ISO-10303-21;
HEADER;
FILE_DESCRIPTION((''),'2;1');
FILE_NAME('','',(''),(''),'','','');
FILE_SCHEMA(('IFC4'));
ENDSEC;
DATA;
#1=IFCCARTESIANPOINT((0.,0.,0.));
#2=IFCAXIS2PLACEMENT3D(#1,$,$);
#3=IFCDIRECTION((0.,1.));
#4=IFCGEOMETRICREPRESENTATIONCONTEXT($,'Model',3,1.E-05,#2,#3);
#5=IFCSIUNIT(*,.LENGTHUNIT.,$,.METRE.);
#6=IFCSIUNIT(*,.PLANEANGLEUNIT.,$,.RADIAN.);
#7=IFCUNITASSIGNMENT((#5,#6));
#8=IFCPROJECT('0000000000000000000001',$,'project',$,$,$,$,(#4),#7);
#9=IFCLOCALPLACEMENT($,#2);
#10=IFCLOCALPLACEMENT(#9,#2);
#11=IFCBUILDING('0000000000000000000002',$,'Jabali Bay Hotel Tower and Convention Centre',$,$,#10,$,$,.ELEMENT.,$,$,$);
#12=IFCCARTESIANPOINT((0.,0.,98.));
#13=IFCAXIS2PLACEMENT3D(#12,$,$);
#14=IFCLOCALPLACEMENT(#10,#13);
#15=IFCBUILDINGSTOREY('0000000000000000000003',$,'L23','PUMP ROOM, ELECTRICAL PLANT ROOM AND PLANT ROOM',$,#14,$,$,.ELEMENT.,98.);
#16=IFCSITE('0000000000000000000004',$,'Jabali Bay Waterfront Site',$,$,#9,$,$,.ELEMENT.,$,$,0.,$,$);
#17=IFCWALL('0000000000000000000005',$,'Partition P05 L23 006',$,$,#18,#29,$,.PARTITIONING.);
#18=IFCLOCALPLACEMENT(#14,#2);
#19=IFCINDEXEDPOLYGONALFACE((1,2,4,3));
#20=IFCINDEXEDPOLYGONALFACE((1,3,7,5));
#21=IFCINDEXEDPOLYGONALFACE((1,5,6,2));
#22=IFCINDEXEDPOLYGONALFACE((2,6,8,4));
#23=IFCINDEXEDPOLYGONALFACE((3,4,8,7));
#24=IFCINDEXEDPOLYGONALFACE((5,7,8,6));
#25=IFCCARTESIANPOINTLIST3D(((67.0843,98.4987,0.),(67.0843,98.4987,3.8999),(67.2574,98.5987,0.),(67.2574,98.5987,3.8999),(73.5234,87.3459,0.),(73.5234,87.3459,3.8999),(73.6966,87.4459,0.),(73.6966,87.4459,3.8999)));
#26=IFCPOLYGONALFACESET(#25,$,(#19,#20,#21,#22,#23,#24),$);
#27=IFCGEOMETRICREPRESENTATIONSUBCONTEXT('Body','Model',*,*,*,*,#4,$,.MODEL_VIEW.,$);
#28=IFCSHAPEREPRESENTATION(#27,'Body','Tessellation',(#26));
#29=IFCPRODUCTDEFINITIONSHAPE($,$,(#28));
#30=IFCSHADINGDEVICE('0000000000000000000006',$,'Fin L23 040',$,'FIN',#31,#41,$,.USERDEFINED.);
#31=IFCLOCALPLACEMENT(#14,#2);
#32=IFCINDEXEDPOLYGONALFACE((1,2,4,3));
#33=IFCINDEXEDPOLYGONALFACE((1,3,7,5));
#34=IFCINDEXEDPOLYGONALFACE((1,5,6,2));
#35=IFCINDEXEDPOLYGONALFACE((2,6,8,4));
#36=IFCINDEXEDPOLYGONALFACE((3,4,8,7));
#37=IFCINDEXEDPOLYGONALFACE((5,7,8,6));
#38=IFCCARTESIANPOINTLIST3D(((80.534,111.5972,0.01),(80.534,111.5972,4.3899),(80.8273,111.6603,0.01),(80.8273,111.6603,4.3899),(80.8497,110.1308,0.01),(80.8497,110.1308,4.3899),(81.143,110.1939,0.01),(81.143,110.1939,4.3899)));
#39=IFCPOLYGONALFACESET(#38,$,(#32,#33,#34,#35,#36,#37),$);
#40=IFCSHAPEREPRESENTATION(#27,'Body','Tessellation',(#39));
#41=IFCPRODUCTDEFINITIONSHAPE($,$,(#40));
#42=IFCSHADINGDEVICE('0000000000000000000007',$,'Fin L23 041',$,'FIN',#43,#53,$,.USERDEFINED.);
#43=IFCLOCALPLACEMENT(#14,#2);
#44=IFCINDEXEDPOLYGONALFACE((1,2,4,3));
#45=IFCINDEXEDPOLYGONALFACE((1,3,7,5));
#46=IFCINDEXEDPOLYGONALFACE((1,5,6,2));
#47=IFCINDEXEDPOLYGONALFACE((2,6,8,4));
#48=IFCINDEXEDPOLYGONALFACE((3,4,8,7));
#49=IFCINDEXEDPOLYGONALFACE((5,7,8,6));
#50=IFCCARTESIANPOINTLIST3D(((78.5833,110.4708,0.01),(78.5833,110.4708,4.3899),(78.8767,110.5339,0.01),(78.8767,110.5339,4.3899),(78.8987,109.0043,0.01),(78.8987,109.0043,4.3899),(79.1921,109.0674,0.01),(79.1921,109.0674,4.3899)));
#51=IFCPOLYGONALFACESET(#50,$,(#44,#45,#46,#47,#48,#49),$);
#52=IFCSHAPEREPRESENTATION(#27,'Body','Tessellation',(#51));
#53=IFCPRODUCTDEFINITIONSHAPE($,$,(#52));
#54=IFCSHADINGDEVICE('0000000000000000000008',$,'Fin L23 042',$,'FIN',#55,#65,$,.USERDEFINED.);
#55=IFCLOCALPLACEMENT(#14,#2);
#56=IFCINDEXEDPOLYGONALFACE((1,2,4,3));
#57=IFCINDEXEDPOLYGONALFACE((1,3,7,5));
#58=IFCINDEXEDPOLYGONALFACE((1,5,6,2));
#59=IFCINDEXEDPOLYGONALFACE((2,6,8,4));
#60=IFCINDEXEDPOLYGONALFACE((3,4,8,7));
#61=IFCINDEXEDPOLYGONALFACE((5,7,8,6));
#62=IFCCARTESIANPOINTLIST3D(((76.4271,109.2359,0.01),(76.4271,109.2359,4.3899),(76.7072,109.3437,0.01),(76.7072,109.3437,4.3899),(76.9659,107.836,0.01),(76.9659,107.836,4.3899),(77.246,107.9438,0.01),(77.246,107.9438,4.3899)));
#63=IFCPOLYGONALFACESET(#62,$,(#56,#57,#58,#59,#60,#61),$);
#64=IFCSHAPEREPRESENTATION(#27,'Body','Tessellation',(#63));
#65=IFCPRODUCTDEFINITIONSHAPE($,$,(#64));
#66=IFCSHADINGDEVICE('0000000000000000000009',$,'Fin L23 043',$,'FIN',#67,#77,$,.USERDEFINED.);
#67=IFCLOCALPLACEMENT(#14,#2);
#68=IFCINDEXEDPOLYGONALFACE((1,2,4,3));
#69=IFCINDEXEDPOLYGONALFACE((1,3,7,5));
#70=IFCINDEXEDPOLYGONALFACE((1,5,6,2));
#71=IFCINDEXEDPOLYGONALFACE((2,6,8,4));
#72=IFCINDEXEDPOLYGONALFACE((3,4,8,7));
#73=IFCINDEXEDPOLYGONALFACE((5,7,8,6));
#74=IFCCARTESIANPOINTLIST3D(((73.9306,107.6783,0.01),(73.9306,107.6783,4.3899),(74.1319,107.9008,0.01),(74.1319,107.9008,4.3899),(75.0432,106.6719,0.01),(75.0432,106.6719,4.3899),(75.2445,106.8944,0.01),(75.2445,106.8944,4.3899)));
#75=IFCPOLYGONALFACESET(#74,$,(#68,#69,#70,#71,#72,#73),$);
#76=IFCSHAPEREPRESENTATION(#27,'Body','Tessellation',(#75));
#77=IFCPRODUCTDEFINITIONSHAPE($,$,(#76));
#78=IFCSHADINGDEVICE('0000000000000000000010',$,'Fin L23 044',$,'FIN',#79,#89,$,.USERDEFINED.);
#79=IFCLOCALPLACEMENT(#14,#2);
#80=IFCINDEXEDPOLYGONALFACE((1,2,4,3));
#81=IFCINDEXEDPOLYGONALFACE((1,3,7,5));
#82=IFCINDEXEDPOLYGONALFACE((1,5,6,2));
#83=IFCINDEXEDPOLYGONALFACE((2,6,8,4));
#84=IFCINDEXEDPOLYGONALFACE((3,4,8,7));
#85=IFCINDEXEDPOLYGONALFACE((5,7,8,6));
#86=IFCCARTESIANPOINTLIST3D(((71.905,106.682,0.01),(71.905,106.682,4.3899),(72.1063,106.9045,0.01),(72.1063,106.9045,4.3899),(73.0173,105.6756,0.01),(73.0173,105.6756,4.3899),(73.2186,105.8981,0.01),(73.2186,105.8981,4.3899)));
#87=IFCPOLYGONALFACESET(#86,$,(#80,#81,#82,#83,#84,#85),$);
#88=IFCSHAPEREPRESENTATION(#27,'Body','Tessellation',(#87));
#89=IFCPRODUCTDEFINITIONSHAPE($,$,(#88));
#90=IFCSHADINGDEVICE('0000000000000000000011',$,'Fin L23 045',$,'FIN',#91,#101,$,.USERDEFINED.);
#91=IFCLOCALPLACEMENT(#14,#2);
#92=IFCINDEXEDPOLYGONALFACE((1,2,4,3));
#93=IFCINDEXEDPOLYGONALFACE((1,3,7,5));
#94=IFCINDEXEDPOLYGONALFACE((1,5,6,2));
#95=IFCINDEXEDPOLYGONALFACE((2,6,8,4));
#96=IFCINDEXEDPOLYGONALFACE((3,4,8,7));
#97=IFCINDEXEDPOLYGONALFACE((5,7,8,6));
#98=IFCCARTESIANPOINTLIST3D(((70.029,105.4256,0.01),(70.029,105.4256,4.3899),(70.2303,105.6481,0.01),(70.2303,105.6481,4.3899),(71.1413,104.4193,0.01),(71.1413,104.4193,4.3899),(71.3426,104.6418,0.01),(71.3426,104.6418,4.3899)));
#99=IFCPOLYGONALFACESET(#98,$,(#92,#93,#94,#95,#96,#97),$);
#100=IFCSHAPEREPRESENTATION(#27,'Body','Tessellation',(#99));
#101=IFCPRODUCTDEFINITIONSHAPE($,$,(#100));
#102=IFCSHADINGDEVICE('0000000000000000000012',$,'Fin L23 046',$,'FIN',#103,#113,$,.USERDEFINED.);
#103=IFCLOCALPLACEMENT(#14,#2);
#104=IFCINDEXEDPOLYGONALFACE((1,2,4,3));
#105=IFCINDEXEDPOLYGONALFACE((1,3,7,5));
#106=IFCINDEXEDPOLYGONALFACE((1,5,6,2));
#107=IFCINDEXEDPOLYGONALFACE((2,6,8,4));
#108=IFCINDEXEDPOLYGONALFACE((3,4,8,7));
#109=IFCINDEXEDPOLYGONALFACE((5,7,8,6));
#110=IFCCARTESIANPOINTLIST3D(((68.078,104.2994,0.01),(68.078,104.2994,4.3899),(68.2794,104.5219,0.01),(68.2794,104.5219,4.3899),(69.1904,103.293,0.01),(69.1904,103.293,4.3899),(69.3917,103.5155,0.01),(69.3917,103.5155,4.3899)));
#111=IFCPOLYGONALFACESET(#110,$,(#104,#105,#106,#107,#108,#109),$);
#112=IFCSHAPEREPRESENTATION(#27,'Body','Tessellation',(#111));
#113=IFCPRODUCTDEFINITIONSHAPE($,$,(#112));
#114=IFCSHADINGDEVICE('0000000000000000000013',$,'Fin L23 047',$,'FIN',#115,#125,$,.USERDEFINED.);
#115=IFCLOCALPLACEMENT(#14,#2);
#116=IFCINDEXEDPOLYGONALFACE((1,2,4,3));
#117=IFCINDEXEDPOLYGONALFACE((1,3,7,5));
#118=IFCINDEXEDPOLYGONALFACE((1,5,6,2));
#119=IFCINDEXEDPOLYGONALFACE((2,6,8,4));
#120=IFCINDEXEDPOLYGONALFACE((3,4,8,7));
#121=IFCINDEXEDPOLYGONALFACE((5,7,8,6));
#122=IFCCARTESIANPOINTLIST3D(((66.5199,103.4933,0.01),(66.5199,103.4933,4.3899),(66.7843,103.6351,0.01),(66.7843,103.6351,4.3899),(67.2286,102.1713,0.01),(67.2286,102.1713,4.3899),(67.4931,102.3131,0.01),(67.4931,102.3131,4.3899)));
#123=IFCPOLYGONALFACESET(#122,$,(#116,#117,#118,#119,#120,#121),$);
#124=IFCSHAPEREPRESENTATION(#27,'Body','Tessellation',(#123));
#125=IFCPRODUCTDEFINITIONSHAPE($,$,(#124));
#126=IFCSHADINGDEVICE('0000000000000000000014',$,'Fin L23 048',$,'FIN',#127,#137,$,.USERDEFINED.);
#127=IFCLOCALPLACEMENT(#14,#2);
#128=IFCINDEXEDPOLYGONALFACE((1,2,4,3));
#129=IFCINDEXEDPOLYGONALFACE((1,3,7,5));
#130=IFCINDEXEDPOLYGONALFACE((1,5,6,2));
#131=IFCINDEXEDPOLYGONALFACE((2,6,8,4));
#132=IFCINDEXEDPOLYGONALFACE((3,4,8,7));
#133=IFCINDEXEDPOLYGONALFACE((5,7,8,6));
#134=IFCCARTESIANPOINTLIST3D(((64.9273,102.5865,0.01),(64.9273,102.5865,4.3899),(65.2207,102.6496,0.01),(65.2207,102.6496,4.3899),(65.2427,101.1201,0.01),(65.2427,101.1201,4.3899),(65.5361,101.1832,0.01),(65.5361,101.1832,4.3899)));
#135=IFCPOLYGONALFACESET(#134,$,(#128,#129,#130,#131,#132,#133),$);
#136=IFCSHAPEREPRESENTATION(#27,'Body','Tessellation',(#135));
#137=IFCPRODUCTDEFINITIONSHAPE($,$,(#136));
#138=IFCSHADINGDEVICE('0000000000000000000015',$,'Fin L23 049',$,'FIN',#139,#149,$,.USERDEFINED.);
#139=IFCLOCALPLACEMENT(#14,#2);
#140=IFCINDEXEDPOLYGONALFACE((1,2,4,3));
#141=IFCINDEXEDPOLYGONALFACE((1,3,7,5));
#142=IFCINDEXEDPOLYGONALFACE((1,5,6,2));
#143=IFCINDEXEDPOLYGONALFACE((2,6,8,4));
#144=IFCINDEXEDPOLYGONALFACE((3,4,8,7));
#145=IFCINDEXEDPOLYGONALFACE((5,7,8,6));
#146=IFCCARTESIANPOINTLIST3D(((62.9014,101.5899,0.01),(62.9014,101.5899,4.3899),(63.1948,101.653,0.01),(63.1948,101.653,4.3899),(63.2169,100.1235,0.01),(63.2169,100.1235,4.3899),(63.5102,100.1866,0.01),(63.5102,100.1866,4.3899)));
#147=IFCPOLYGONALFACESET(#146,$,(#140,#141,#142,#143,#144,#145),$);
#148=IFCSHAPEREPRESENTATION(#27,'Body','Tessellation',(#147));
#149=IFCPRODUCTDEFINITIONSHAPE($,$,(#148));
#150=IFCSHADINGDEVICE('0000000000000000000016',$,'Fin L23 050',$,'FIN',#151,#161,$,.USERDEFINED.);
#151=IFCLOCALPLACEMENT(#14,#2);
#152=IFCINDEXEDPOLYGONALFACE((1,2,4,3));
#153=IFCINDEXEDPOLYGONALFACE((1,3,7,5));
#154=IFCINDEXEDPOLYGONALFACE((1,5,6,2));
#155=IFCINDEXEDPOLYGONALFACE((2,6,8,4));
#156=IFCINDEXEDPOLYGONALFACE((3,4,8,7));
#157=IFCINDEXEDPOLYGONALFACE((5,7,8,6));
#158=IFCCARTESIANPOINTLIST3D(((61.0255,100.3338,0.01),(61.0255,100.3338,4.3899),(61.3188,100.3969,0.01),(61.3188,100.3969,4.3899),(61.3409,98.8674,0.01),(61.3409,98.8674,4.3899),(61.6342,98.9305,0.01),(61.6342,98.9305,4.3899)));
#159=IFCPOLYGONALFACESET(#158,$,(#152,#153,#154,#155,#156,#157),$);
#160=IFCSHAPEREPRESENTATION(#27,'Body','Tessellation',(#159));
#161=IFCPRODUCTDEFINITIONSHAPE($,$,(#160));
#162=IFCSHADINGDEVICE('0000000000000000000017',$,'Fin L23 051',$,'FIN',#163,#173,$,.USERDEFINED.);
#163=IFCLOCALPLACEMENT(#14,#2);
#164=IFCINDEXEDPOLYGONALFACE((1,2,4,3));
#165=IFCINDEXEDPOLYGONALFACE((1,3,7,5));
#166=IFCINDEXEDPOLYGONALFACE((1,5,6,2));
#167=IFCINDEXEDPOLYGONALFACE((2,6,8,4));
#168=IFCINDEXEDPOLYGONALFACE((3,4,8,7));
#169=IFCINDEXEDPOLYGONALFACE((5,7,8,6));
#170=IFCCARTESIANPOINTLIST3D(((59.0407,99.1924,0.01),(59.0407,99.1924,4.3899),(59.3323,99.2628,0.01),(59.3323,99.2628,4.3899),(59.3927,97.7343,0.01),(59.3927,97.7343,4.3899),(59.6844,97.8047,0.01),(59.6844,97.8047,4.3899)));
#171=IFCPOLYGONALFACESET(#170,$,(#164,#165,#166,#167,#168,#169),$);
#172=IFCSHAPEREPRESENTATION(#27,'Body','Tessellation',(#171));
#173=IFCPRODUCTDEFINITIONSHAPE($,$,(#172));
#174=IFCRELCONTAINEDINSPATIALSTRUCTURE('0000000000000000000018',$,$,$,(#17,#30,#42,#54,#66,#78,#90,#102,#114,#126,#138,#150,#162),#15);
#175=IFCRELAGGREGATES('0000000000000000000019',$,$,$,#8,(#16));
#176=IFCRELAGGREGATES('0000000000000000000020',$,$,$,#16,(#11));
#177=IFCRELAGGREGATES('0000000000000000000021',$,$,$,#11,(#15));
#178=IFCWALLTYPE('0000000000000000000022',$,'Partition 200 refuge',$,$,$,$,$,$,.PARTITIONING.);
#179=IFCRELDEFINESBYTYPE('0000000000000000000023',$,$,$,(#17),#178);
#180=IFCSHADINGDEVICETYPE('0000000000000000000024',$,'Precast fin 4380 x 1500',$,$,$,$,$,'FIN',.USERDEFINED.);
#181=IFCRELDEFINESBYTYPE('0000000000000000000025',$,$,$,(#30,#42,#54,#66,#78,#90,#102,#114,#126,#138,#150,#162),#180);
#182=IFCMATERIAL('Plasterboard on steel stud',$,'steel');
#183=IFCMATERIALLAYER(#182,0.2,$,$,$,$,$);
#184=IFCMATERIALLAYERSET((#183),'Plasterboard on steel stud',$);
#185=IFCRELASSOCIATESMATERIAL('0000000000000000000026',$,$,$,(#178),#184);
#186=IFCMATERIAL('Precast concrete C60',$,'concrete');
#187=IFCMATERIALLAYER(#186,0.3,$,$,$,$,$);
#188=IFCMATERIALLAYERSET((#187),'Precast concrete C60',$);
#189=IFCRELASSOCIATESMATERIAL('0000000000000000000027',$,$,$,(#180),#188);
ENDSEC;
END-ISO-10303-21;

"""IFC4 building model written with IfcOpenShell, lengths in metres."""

from ifc_helpers import new_model, si_unit, direction, frame, frame_2d, origin, place, context, subcontext, project, spatial, rectangle, extrude, material, layer, layer_set, type_object, element, save


model = new_model("IFC4")

# Units and contexts
model_context = context("Model", 3, precision=1e-05, world=origin(), true_north=direction((0.0, 1.0)))
body_context = subcontext(model_context, "Body", "Model", "MODEL_VIEW")
ifc_project = project(units=[si_unit("LENGTHUNIT", "METRE"), si_unit("PLANEANGLEUNIT", "RADIAN")], contexts=[model_context])

# Site, building, storey
site_placement = place(None, origin())
site = spatial("IfcSite", under=ifc_project, at=site_placement, Name="Jabali Bay Waterfront Site", CompositionType="ELEMENT", RefElevation=0.0)
building_placement = place(site_placement, origin())
building = spatial("IfcBuilding", under=site, at=building_placement, Name="Jabali Bay Hotel Tower and Convention Centre", CompositionType="ELEMENT")
storey_placement = place(building_placement, frame((0.0, 0.0, 98.0)))
storey = spatial("IfcBuildingStorey", under=building, at=storey_placement, Name="L23", Description="PUMP ROOM, ELECTRICAL PLANT ROOM AND PLANT ROOM", CompositionType="ELEMENT", Elevation=98.0)

# Wall
ifc_material_1 = material(Name="Plasterboard on steel stud", Category="steel")
ifc_layer_1 = layer(ifc_material_1, 0.2)
ifc_layer_set_1 = layer_set([ifc_layer_1], Name="Plasterboard on steel stud")
wall_type_1 = type_object("IfcWallType", Name="Partition 200 refuge", PredefinedType="PARTITIONING", material=ifc_layer_set_1)
wall_1_placement = place(storey_placement, frame((67.1709, 98.5486, 0.0), z_axis=(0.0, 0.0, 1.0), x_axis=(0.500007, -0.866021, 0.0)))
element("IfcWall", 1, at=wall_1_placement, inside=storey, type_object=wall_type_1, Name="Partition P05 L23 006", PredefinedType="PARTITIONING", context=body_context, shape_type="SweptSolid", body=[
    extrude(rectangle(XDim=12.8782, YDim=0.2, at=frame_2d((6.439, 0.0))), origin(), (0.0, 0.0, 1.0), 3.8999),
])

# Shading devices
ifc_material_2 = material(Name="Precast concrete C60", Category="concrete")
ifc_layer_2 = layer(ifc_material_2, 0.3)
ifc_layer_set_2 = layer_set([ifc_layer_2], Name="Precast concrete C60")
shading_device_type = type_object("IfcShadingDeviceType", Name="Precast fin 4380 x 1500", ElementType="FIN", PredefinedType="USERDEFINED", material=ifc_layer_set_2)
for number, where, z_axis, x_axis, name in (
    (2, (80.9963, 110.1624, 0.01), (0.0, 0.0, 1.0), (-0.210463, 0.977602, 0.0), "Fin L23 040"),
    (3, (79.0454, 109.0359, 0.01), (0.0, 0.0, 1.0), (-0.210274, 0.977643, 0.0), "Fin L23 041"),
    (4, (77.106, 107.8899, 0.01), (0.0, 0.0, 1.0), (-0.359208, 0.933257, 0.0), "Fin L23 042"),
):
    element("IfcShadingDevice", number, at=place(storey_placement, frame(where, z_axis=z_axis, x_axis=x_axis)), inside=storey, type_object=shading_device_type, Name=name, ObjectType="FIN", PredefinedType="USERDEFINED", context=body_context, shape_type="SweptSolid", body=[
        extrude(rectangle(XDim=1.5, YDim=0.3, at=frame_2d((0.75, 0.0))), origin(), (0.0, 0.0, 1.0), 4.3799),
    ])
shading_device_placement = place(storey_placement, frame((75.1438, 106.7832, 0.01), z_axis=(0.0, 0.0, 1.0), x_axis=(-0.741617, 0.670824, 0.0)))
element("IfcShadingDevice", 5, at=shading_device_placement, inside=storey, type_object=shading_device_type, Name="Fin L23 043", ObjectType="FIN", PredefinedType="USERDEFINED", context=body_context, shape_type="SweptSolid", body=[
    extrude(rectangle(XDim=1.5002, YDim=0.3, at=frame_2d((0.75, 0.0))), origin(), (0.0, 0.0, 1.0), 4.3799),
])
for number, where, z_axis, x_axis, name in (
    (6, (73.1179, 105.7869, 0.01), (0.0, 0.0, 1.0), (-0.741543, 0.670905, 0.0), "Fin L23 044"),
    (7, (71.2419, 104.5305, 0.01), (0.0, 0.0, 1.0), (-0.741543, 0.670905, 0.0), "Fin L23 045"),
    (8, (69.291, 103.4043, 0.01), (0.0, 0.0, 1.0), (-0.741543, 0.670905, 0.0), "Fin L23 046"),
    (9, (67.3608, 102.2422, 0.01), (0.0, 0.0, 1.0), (-0.472488, 0.881337, 0.0), "Fin L23 047"),
    (10, (65.3894, 101.1516, 0.01), (0.0, 0.0, 1.0), (-0.210274, 0.977643, 0.0), "Fin L23 048"),
    (11, (63.3635, 100.155, 0.01), (0.0, 0.0, 1.0), (-0.210274, 0.977643, 0.0), "Fin L23 049"),
    (12, (61.4875, 98.8989, 0.01), (0.0, 0.0, 1.0), (-0.210274, 0.977643, 0.0), "Fin L23 050"),
    (13, (59.5386, 97.7695, 0.01), (0.0, 0.0, 1.0), (-0.234715, 0.972064, 0.0), "Fin L23 051"),
):
    element("IfcShadingDevice", number, at=place(storey_placement, frame(where, z_axis=z_axis, x_axis=x_axis)), inside=storey, type_object=shading_device_type, Name=name, ObjectType="FIN", PredefinedType="USERDEFINED", context=body_context, shape_type="SweptSolid", body=[
        extrude(rectangle(XDim=1.5, YDim=0.3, at=frame_2d((0.75, 0.0))), origin(), (0.0, 0.0, 1.0), 4.3799),
    ])

save(model, "model.ifc")
